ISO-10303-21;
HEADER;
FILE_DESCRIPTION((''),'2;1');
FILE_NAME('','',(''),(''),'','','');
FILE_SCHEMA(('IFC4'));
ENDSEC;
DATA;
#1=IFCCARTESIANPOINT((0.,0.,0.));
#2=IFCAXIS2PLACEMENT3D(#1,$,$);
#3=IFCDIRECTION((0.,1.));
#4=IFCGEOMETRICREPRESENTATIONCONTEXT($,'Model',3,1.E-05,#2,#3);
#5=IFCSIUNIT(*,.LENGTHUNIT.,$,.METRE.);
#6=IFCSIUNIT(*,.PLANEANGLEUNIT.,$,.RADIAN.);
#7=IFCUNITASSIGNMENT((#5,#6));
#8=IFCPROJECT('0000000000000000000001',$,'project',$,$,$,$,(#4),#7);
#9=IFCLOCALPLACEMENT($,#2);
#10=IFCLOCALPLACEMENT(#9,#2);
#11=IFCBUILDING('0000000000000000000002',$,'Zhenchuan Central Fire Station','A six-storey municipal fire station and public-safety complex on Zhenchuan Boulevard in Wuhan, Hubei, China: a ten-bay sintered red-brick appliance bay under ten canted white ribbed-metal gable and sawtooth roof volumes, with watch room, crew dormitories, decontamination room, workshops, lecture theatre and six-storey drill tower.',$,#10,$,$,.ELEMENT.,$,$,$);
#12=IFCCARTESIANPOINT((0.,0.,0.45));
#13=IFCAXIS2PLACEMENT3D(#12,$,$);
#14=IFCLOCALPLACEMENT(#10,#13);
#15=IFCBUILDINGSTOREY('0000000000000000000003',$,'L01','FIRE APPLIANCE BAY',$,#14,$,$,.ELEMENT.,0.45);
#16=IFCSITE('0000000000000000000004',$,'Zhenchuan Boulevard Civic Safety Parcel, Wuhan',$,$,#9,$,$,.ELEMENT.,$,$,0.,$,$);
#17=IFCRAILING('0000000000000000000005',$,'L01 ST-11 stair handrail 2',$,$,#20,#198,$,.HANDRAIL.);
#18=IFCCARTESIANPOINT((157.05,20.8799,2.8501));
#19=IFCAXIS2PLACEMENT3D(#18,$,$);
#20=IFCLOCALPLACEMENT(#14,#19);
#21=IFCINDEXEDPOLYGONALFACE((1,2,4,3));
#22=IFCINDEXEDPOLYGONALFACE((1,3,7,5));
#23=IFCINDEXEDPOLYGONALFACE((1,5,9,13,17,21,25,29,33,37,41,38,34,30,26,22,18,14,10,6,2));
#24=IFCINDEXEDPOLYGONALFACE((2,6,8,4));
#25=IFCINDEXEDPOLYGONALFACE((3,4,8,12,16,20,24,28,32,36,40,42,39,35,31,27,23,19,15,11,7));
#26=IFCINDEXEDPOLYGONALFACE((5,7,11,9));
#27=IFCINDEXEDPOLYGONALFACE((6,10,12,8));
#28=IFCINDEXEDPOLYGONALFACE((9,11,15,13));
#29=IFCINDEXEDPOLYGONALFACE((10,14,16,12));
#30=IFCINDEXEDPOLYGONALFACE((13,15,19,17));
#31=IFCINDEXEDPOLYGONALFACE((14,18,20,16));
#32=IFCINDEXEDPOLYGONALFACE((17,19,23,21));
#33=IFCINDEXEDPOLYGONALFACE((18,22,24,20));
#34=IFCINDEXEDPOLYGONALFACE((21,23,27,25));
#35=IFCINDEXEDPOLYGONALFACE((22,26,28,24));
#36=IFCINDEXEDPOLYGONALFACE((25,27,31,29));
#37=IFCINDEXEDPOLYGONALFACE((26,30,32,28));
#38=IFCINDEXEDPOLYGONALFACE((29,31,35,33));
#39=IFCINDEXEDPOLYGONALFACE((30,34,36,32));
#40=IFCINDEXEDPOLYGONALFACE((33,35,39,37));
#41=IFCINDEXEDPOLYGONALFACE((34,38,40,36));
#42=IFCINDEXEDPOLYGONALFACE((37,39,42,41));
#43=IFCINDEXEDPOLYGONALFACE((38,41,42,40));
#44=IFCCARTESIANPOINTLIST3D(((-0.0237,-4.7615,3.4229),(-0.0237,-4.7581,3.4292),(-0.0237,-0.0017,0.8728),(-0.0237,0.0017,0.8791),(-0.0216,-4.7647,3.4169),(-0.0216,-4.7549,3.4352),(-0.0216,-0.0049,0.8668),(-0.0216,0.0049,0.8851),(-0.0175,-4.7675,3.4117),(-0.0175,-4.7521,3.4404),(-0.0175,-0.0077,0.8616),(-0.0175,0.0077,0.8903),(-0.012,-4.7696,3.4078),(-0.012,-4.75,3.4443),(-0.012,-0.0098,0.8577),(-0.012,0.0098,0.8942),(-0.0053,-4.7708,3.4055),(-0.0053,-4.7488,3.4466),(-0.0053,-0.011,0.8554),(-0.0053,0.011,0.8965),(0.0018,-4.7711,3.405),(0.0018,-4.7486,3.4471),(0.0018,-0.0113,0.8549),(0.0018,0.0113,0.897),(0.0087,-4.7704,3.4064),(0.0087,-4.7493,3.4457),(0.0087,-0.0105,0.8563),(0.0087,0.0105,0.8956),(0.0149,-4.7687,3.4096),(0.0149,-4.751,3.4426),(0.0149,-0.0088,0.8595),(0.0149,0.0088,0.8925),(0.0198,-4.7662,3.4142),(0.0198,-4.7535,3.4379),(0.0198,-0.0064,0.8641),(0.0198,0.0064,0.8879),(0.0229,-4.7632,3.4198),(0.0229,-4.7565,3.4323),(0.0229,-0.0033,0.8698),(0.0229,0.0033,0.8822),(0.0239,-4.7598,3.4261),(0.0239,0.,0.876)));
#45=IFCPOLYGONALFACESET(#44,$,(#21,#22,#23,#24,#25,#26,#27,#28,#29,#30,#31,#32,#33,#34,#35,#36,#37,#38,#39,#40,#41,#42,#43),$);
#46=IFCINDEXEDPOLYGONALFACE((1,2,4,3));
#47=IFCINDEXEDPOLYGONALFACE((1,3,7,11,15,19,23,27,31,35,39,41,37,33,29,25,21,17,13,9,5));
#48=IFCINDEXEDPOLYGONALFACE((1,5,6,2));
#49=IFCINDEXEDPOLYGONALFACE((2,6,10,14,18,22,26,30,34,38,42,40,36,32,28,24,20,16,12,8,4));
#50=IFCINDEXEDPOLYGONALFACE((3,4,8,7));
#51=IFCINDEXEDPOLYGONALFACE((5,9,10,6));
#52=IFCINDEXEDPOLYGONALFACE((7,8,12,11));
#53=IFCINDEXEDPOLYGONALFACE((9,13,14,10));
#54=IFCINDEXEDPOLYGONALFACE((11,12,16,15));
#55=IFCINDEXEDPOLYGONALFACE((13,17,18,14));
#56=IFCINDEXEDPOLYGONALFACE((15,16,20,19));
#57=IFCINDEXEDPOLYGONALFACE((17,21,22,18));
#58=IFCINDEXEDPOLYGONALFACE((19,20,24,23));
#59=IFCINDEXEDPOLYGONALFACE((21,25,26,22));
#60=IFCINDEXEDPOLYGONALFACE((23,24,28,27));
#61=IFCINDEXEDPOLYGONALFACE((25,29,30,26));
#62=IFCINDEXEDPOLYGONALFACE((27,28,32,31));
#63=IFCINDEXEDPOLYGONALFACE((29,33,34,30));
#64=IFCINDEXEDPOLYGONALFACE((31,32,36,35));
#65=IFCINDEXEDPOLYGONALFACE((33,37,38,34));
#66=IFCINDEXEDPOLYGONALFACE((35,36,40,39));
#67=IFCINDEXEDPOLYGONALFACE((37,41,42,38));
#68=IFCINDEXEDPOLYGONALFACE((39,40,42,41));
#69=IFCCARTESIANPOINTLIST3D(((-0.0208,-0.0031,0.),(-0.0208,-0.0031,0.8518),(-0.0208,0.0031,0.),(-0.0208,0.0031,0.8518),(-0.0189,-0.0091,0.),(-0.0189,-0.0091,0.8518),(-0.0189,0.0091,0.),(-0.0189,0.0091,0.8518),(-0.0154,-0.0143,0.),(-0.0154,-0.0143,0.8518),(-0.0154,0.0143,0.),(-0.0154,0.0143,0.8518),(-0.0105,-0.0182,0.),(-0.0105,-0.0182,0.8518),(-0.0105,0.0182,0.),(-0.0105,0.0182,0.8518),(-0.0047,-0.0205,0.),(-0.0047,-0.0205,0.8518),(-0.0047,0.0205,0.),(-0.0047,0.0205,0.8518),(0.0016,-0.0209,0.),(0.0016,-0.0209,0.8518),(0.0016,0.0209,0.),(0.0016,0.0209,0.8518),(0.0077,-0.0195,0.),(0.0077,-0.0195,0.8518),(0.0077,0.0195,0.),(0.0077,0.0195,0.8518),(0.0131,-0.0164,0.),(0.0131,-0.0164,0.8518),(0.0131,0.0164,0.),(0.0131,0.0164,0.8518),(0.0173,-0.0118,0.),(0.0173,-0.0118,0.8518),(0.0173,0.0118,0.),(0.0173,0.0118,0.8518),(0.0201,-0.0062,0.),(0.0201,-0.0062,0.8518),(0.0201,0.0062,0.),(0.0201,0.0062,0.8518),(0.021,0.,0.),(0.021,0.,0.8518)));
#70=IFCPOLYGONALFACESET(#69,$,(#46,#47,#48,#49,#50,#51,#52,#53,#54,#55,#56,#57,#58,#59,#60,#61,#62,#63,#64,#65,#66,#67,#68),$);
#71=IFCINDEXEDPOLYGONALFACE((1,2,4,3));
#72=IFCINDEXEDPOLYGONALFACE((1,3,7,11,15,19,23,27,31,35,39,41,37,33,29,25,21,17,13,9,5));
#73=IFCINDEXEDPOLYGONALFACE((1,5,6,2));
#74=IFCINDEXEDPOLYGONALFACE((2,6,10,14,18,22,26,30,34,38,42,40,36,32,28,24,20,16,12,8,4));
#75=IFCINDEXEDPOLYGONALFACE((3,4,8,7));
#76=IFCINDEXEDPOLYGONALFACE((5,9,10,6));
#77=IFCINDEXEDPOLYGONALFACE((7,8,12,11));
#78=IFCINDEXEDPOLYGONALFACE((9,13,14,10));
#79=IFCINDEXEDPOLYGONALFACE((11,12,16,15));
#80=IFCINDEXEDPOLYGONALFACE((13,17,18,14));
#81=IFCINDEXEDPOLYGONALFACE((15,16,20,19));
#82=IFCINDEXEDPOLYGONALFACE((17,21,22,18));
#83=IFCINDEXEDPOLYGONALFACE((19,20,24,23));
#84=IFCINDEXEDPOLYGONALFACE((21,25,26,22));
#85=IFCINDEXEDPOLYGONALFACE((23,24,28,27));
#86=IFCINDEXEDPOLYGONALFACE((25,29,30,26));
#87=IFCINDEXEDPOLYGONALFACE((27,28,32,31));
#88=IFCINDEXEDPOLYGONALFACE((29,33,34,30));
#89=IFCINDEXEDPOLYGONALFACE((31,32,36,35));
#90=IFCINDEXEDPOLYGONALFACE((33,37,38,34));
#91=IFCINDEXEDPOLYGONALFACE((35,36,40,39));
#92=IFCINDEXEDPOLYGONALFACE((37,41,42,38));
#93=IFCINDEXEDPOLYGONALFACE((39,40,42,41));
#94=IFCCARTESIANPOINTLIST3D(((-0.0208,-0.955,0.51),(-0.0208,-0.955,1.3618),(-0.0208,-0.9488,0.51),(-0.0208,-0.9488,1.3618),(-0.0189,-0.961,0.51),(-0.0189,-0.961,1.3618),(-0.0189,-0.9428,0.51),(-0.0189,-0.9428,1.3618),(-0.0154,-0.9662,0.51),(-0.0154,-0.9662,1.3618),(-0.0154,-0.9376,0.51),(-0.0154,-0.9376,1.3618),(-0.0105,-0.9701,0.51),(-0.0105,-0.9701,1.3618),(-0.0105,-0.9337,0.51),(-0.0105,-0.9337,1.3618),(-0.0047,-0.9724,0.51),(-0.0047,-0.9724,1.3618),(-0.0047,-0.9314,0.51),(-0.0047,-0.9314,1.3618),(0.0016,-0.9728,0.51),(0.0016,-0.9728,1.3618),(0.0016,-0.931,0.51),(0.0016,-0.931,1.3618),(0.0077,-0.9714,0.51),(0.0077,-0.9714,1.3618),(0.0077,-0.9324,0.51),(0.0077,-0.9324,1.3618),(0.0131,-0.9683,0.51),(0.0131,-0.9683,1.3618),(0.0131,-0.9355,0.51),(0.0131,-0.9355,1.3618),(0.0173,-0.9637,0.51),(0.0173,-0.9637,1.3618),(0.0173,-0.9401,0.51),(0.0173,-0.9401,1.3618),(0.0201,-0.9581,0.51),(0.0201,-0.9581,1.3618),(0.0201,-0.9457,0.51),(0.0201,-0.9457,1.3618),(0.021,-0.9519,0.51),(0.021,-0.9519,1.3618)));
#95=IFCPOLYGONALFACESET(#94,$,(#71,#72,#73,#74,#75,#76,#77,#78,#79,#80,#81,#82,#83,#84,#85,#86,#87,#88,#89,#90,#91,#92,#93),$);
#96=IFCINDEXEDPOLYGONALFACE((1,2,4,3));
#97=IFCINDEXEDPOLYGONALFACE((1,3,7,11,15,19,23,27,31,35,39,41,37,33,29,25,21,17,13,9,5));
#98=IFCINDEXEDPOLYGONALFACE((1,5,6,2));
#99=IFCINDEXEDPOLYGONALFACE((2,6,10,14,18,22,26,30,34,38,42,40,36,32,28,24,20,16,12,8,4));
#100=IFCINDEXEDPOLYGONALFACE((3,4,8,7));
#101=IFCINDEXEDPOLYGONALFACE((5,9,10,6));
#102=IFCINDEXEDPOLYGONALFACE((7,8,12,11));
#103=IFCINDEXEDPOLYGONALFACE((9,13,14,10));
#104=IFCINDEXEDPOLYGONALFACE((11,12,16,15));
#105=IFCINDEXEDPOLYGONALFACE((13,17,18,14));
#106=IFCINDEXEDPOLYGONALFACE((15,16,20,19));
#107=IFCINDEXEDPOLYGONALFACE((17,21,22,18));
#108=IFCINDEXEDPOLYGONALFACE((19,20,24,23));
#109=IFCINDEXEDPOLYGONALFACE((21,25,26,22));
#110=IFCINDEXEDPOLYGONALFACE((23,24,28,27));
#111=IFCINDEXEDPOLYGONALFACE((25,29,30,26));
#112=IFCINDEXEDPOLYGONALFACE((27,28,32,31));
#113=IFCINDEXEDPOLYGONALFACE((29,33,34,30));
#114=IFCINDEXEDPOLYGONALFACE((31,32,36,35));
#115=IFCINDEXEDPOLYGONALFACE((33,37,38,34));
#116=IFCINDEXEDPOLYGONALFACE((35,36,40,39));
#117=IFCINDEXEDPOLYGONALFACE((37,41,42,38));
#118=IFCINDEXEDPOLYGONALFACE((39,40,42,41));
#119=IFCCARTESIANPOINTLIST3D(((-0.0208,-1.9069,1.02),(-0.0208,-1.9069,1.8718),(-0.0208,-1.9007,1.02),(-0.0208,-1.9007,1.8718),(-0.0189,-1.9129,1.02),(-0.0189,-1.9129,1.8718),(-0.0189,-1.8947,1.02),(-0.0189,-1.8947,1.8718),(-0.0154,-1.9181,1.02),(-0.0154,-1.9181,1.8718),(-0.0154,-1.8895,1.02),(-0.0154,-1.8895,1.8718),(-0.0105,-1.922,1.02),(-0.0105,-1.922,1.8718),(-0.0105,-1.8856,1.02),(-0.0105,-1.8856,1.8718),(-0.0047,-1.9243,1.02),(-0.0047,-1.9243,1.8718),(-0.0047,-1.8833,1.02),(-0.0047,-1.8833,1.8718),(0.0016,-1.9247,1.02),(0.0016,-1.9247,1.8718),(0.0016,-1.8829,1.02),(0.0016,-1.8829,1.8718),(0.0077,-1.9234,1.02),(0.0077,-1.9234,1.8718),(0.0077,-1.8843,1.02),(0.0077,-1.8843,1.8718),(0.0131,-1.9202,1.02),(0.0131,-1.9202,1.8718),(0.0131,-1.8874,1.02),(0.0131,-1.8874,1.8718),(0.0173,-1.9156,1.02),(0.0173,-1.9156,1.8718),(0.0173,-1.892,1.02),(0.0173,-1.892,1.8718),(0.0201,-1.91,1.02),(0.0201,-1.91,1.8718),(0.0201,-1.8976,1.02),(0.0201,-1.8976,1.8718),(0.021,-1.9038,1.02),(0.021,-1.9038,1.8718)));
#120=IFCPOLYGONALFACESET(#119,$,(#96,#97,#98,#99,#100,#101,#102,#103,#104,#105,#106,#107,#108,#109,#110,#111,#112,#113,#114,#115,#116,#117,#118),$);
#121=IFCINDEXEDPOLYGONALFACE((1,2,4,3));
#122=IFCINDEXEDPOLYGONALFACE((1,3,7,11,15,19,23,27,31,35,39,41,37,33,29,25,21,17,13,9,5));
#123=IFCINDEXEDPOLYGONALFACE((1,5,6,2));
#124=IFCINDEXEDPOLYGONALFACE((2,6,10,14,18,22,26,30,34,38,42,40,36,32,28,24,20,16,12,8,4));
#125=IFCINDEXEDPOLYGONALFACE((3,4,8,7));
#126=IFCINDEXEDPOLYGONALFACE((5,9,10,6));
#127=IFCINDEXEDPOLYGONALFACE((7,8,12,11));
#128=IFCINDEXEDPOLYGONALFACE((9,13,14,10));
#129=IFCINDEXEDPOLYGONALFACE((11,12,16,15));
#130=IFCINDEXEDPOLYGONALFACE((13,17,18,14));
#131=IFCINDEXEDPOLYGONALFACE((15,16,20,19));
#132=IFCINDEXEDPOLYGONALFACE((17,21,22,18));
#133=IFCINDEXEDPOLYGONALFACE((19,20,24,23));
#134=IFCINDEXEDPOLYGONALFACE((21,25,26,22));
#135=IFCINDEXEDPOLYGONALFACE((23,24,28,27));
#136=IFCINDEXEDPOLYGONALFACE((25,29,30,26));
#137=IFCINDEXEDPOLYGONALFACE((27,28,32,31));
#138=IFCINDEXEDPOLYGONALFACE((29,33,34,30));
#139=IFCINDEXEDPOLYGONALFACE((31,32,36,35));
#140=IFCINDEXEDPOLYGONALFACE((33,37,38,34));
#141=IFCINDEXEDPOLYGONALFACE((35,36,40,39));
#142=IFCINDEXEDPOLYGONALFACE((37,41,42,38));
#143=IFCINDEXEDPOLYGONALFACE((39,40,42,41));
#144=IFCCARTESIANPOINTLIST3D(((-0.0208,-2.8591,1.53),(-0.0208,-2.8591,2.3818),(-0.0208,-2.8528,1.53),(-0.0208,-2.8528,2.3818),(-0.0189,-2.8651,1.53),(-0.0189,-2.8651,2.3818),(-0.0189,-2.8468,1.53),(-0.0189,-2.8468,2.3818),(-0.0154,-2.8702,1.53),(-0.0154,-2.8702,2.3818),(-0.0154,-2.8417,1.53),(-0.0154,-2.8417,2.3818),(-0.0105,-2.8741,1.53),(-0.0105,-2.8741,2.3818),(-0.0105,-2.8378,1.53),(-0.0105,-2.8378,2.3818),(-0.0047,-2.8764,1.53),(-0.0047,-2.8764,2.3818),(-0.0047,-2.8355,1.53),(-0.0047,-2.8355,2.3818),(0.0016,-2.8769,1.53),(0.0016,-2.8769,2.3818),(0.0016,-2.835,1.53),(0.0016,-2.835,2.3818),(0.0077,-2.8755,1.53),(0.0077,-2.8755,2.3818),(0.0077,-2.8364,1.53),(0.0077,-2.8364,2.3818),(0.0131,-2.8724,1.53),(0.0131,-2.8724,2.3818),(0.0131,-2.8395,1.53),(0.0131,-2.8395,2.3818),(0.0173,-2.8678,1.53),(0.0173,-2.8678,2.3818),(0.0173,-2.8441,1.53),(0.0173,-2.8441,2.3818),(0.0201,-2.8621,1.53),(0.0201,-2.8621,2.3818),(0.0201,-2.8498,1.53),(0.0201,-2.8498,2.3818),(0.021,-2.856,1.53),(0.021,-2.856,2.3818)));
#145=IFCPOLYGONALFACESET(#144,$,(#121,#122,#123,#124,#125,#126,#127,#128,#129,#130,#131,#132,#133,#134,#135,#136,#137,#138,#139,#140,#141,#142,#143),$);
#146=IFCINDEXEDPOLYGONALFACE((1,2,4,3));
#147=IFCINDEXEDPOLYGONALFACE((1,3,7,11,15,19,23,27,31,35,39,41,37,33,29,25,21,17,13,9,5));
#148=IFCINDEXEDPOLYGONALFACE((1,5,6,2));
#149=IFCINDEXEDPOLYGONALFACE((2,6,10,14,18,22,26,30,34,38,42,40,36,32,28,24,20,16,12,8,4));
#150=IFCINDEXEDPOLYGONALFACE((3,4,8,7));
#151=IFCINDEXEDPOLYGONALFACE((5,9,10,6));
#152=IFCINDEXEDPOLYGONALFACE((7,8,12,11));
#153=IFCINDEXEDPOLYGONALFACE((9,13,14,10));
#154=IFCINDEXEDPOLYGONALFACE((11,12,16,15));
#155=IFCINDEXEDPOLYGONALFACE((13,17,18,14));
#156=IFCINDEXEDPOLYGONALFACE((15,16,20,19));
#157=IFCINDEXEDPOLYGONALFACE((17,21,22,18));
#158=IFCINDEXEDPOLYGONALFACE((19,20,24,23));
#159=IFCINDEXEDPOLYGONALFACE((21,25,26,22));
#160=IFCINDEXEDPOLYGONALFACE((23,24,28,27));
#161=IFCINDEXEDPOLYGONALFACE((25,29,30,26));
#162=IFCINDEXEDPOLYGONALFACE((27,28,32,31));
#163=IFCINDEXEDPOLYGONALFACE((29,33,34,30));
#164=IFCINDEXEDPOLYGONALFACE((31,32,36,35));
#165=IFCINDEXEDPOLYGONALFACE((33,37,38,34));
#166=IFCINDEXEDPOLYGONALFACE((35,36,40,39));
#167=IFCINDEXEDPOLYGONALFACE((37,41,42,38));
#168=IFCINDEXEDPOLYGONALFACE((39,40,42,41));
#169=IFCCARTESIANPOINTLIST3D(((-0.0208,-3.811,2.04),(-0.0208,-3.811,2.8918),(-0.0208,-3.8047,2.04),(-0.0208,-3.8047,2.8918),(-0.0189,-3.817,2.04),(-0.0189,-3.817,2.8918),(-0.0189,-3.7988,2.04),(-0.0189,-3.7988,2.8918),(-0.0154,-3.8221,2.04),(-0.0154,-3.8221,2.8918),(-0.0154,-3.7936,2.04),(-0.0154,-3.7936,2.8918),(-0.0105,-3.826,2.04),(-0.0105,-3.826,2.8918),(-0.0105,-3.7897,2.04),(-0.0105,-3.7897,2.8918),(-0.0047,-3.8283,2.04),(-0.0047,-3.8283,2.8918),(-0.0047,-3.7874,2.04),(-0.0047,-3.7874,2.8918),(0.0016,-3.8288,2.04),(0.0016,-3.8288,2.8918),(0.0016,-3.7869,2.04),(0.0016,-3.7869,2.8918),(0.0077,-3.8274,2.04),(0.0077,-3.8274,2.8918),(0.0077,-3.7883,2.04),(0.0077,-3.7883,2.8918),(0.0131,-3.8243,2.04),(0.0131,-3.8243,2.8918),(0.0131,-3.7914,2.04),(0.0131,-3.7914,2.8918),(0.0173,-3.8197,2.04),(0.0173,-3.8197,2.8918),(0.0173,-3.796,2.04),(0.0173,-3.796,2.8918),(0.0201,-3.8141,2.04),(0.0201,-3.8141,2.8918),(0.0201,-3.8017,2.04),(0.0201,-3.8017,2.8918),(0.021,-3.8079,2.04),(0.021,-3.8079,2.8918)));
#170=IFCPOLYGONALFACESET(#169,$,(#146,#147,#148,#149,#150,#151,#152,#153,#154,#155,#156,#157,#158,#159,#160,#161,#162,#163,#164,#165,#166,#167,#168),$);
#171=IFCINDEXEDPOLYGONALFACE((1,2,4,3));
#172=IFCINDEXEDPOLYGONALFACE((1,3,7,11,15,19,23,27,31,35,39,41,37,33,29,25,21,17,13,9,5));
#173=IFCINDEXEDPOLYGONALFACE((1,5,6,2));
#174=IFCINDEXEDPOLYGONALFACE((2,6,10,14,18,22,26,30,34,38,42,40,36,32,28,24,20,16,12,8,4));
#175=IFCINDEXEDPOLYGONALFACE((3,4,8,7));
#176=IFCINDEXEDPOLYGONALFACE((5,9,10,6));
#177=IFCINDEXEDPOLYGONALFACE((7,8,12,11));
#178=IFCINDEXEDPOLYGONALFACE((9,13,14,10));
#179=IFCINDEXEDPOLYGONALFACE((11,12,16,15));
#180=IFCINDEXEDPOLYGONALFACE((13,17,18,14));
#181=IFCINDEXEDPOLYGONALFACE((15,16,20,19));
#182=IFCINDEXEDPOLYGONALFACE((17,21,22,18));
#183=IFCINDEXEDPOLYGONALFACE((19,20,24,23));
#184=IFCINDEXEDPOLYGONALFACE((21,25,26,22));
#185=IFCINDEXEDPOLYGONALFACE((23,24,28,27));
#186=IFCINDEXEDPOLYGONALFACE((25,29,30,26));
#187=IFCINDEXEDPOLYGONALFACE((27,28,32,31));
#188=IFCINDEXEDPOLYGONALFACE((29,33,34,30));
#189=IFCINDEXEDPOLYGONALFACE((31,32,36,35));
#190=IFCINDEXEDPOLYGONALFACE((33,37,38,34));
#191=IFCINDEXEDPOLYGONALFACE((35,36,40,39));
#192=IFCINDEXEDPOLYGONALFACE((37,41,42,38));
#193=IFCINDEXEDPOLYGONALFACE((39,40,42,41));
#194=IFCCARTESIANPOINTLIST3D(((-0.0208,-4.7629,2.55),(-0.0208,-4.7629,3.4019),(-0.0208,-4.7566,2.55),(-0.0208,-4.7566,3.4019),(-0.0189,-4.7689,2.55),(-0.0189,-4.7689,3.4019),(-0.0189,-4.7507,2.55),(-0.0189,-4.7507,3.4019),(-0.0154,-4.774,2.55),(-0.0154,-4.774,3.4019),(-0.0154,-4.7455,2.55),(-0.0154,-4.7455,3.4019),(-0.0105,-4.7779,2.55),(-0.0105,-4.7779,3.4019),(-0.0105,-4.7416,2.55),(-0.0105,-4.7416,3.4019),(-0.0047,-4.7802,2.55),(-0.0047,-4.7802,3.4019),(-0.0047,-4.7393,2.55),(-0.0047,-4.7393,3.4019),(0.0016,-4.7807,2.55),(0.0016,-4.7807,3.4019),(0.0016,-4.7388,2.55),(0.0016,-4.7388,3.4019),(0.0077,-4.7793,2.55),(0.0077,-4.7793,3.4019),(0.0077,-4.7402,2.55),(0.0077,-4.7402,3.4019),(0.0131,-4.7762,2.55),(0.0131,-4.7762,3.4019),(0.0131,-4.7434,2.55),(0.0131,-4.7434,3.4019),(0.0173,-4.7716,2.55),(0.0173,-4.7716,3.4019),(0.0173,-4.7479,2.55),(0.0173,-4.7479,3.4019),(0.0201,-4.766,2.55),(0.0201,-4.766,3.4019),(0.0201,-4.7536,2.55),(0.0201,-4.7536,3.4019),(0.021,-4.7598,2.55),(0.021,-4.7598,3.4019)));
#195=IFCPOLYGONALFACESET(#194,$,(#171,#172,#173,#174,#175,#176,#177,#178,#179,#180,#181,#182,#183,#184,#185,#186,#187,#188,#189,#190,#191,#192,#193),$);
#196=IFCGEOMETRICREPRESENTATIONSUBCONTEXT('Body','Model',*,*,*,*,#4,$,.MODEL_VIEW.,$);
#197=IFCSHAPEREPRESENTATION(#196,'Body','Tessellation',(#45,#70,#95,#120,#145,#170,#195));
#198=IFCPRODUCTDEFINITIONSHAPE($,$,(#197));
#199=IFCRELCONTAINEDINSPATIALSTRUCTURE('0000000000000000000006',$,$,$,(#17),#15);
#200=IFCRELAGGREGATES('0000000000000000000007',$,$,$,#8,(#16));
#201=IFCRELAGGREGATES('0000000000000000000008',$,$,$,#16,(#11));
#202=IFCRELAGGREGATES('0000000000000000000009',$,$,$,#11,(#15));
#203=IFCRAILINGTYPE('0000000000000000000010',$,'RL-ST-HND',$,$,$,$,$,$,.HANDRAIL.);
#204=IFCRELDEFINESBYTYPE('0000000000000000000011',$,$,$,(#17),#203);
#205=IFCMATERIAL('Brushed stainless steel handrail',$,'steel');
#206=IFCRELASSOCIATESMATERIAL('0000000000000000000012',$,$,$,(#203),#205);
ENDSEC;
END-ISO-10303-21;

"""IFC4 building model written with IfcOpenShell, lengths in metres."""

from ifc_helpers import new_model, si_unit, direction, frame, origin, origin_2d, place, context, subcontext, project, spatial, circle, extrude, material, type_object, element, save


model = new_model("IFC4")

# Units and contexts
model_context = context("Model", 3, precision=1e-05, world=origin(), true_north=direction((0.0, 1.0)))
body_context = subcontext(model_context, "Body", "Model", "MODEL_VIEW")
ifc_project = project(units=[si_unit("LENGTHUNIT", "METRE"), si_unit("PLANEANGLEUNIT", "RADIAN")], contexts=[model_context])

# Site, building, storey
site_placement = place(None, origin())
site = spatial("IfcSite", under=ifc_project, at=site_placement, Name="Zhenchuan Boulevard Civic Safety Parcel, Wuhan", CompositionType="ELEMENT", RefElevation=0.0)
building_placement = place(site_placement, origin())
building = spatial("IfcBuilding", under=site, at=building_placement, Name="Zhenchuan Central Fire Station", Description="A six-storey municipal fire station and public-safety complex on Zhenchuan Boulevard in Wuhan, Hubei, China: a ten-bay sintered red-brick appliance bay under ten canted white ribbed-metal gable and sawtooth roof volumes, with watch room, crew dormitories, decontamination room, workshops, lecture theatre and six-storey drill tower.", CompositionType="ELEMENT")
storey_placement = place(building_placement, frame((0.0, 0.0, 0.45)))
storey = spatial("IfcBuildingStorey", under=building, at=storey_placement, Name="L01", Description="FIRE APPLIANCE BAY", CompositionType="ELEMENT", Elevation=0.45)

# Railing
ifc_material_1 = material(Name="Brushed stainless steel handrail", Category="steel")
railing_type_1 = type_object("IfcRailingType", Name="RL-ST-HND", PredefinedType="HANDRAIL", material=ifc_material_1)
railing_1_placement = place(storey_placement, frame((157.05, 20.8799, 2.8501)))
element("IfcRailing", 1, at=railing_1_placement, inside=storey, type_object=railing_type_1, Name="L01 ST-11 stair handrail 2", PredefinedType="HANDRAIL", context=body_context, shape_type="SweptSolid", body=[
    extrude(circle(Radius=0.0239, at=origin_2d()), frame((0.0, 0.0, 0.876), z_axis=(0.0, -0.881467, 0.472247), x_axis=(1.0, 0.0, 0.0)), (0.0, 0.0, 1.0), 5.3999),
    extrude(circle(Radius=0.021, at=origin_2d()), origin(), (0.0, 0.0, 1.0), 0.8518),
    extrude(circle(Radius=0.021, at=origin_2d()), frame((0.0, -0.9519, 0.51)), (0.0, 0.0, 1.0), 0.8518),
    extrude(circle(Radius=0.021, at=origin_2d()), frame((0.0, -1.9038, 1.02)), (0.0, 0.0, 1.0), 0.8518),
    extrude(circle(Radius=0.021, at=origin_2d()), frame((0.0, -2.856, 1.53)), (0.0, 0.0, 1.0), 0.8518),
    extrude(circle(Radius=0.021, at=origin_2d()), frame((0.0, -3.8079, 2.04)), (0.0, 0.0, 1.0), 0.8518),
    extrude(circle(Radius=0.021, at=origin_2d()), frame((0.0, -4.7598, 2.55)), (0.0, 0.0, 1.0), 0.8518),
])

save(model, "model.ifc")
